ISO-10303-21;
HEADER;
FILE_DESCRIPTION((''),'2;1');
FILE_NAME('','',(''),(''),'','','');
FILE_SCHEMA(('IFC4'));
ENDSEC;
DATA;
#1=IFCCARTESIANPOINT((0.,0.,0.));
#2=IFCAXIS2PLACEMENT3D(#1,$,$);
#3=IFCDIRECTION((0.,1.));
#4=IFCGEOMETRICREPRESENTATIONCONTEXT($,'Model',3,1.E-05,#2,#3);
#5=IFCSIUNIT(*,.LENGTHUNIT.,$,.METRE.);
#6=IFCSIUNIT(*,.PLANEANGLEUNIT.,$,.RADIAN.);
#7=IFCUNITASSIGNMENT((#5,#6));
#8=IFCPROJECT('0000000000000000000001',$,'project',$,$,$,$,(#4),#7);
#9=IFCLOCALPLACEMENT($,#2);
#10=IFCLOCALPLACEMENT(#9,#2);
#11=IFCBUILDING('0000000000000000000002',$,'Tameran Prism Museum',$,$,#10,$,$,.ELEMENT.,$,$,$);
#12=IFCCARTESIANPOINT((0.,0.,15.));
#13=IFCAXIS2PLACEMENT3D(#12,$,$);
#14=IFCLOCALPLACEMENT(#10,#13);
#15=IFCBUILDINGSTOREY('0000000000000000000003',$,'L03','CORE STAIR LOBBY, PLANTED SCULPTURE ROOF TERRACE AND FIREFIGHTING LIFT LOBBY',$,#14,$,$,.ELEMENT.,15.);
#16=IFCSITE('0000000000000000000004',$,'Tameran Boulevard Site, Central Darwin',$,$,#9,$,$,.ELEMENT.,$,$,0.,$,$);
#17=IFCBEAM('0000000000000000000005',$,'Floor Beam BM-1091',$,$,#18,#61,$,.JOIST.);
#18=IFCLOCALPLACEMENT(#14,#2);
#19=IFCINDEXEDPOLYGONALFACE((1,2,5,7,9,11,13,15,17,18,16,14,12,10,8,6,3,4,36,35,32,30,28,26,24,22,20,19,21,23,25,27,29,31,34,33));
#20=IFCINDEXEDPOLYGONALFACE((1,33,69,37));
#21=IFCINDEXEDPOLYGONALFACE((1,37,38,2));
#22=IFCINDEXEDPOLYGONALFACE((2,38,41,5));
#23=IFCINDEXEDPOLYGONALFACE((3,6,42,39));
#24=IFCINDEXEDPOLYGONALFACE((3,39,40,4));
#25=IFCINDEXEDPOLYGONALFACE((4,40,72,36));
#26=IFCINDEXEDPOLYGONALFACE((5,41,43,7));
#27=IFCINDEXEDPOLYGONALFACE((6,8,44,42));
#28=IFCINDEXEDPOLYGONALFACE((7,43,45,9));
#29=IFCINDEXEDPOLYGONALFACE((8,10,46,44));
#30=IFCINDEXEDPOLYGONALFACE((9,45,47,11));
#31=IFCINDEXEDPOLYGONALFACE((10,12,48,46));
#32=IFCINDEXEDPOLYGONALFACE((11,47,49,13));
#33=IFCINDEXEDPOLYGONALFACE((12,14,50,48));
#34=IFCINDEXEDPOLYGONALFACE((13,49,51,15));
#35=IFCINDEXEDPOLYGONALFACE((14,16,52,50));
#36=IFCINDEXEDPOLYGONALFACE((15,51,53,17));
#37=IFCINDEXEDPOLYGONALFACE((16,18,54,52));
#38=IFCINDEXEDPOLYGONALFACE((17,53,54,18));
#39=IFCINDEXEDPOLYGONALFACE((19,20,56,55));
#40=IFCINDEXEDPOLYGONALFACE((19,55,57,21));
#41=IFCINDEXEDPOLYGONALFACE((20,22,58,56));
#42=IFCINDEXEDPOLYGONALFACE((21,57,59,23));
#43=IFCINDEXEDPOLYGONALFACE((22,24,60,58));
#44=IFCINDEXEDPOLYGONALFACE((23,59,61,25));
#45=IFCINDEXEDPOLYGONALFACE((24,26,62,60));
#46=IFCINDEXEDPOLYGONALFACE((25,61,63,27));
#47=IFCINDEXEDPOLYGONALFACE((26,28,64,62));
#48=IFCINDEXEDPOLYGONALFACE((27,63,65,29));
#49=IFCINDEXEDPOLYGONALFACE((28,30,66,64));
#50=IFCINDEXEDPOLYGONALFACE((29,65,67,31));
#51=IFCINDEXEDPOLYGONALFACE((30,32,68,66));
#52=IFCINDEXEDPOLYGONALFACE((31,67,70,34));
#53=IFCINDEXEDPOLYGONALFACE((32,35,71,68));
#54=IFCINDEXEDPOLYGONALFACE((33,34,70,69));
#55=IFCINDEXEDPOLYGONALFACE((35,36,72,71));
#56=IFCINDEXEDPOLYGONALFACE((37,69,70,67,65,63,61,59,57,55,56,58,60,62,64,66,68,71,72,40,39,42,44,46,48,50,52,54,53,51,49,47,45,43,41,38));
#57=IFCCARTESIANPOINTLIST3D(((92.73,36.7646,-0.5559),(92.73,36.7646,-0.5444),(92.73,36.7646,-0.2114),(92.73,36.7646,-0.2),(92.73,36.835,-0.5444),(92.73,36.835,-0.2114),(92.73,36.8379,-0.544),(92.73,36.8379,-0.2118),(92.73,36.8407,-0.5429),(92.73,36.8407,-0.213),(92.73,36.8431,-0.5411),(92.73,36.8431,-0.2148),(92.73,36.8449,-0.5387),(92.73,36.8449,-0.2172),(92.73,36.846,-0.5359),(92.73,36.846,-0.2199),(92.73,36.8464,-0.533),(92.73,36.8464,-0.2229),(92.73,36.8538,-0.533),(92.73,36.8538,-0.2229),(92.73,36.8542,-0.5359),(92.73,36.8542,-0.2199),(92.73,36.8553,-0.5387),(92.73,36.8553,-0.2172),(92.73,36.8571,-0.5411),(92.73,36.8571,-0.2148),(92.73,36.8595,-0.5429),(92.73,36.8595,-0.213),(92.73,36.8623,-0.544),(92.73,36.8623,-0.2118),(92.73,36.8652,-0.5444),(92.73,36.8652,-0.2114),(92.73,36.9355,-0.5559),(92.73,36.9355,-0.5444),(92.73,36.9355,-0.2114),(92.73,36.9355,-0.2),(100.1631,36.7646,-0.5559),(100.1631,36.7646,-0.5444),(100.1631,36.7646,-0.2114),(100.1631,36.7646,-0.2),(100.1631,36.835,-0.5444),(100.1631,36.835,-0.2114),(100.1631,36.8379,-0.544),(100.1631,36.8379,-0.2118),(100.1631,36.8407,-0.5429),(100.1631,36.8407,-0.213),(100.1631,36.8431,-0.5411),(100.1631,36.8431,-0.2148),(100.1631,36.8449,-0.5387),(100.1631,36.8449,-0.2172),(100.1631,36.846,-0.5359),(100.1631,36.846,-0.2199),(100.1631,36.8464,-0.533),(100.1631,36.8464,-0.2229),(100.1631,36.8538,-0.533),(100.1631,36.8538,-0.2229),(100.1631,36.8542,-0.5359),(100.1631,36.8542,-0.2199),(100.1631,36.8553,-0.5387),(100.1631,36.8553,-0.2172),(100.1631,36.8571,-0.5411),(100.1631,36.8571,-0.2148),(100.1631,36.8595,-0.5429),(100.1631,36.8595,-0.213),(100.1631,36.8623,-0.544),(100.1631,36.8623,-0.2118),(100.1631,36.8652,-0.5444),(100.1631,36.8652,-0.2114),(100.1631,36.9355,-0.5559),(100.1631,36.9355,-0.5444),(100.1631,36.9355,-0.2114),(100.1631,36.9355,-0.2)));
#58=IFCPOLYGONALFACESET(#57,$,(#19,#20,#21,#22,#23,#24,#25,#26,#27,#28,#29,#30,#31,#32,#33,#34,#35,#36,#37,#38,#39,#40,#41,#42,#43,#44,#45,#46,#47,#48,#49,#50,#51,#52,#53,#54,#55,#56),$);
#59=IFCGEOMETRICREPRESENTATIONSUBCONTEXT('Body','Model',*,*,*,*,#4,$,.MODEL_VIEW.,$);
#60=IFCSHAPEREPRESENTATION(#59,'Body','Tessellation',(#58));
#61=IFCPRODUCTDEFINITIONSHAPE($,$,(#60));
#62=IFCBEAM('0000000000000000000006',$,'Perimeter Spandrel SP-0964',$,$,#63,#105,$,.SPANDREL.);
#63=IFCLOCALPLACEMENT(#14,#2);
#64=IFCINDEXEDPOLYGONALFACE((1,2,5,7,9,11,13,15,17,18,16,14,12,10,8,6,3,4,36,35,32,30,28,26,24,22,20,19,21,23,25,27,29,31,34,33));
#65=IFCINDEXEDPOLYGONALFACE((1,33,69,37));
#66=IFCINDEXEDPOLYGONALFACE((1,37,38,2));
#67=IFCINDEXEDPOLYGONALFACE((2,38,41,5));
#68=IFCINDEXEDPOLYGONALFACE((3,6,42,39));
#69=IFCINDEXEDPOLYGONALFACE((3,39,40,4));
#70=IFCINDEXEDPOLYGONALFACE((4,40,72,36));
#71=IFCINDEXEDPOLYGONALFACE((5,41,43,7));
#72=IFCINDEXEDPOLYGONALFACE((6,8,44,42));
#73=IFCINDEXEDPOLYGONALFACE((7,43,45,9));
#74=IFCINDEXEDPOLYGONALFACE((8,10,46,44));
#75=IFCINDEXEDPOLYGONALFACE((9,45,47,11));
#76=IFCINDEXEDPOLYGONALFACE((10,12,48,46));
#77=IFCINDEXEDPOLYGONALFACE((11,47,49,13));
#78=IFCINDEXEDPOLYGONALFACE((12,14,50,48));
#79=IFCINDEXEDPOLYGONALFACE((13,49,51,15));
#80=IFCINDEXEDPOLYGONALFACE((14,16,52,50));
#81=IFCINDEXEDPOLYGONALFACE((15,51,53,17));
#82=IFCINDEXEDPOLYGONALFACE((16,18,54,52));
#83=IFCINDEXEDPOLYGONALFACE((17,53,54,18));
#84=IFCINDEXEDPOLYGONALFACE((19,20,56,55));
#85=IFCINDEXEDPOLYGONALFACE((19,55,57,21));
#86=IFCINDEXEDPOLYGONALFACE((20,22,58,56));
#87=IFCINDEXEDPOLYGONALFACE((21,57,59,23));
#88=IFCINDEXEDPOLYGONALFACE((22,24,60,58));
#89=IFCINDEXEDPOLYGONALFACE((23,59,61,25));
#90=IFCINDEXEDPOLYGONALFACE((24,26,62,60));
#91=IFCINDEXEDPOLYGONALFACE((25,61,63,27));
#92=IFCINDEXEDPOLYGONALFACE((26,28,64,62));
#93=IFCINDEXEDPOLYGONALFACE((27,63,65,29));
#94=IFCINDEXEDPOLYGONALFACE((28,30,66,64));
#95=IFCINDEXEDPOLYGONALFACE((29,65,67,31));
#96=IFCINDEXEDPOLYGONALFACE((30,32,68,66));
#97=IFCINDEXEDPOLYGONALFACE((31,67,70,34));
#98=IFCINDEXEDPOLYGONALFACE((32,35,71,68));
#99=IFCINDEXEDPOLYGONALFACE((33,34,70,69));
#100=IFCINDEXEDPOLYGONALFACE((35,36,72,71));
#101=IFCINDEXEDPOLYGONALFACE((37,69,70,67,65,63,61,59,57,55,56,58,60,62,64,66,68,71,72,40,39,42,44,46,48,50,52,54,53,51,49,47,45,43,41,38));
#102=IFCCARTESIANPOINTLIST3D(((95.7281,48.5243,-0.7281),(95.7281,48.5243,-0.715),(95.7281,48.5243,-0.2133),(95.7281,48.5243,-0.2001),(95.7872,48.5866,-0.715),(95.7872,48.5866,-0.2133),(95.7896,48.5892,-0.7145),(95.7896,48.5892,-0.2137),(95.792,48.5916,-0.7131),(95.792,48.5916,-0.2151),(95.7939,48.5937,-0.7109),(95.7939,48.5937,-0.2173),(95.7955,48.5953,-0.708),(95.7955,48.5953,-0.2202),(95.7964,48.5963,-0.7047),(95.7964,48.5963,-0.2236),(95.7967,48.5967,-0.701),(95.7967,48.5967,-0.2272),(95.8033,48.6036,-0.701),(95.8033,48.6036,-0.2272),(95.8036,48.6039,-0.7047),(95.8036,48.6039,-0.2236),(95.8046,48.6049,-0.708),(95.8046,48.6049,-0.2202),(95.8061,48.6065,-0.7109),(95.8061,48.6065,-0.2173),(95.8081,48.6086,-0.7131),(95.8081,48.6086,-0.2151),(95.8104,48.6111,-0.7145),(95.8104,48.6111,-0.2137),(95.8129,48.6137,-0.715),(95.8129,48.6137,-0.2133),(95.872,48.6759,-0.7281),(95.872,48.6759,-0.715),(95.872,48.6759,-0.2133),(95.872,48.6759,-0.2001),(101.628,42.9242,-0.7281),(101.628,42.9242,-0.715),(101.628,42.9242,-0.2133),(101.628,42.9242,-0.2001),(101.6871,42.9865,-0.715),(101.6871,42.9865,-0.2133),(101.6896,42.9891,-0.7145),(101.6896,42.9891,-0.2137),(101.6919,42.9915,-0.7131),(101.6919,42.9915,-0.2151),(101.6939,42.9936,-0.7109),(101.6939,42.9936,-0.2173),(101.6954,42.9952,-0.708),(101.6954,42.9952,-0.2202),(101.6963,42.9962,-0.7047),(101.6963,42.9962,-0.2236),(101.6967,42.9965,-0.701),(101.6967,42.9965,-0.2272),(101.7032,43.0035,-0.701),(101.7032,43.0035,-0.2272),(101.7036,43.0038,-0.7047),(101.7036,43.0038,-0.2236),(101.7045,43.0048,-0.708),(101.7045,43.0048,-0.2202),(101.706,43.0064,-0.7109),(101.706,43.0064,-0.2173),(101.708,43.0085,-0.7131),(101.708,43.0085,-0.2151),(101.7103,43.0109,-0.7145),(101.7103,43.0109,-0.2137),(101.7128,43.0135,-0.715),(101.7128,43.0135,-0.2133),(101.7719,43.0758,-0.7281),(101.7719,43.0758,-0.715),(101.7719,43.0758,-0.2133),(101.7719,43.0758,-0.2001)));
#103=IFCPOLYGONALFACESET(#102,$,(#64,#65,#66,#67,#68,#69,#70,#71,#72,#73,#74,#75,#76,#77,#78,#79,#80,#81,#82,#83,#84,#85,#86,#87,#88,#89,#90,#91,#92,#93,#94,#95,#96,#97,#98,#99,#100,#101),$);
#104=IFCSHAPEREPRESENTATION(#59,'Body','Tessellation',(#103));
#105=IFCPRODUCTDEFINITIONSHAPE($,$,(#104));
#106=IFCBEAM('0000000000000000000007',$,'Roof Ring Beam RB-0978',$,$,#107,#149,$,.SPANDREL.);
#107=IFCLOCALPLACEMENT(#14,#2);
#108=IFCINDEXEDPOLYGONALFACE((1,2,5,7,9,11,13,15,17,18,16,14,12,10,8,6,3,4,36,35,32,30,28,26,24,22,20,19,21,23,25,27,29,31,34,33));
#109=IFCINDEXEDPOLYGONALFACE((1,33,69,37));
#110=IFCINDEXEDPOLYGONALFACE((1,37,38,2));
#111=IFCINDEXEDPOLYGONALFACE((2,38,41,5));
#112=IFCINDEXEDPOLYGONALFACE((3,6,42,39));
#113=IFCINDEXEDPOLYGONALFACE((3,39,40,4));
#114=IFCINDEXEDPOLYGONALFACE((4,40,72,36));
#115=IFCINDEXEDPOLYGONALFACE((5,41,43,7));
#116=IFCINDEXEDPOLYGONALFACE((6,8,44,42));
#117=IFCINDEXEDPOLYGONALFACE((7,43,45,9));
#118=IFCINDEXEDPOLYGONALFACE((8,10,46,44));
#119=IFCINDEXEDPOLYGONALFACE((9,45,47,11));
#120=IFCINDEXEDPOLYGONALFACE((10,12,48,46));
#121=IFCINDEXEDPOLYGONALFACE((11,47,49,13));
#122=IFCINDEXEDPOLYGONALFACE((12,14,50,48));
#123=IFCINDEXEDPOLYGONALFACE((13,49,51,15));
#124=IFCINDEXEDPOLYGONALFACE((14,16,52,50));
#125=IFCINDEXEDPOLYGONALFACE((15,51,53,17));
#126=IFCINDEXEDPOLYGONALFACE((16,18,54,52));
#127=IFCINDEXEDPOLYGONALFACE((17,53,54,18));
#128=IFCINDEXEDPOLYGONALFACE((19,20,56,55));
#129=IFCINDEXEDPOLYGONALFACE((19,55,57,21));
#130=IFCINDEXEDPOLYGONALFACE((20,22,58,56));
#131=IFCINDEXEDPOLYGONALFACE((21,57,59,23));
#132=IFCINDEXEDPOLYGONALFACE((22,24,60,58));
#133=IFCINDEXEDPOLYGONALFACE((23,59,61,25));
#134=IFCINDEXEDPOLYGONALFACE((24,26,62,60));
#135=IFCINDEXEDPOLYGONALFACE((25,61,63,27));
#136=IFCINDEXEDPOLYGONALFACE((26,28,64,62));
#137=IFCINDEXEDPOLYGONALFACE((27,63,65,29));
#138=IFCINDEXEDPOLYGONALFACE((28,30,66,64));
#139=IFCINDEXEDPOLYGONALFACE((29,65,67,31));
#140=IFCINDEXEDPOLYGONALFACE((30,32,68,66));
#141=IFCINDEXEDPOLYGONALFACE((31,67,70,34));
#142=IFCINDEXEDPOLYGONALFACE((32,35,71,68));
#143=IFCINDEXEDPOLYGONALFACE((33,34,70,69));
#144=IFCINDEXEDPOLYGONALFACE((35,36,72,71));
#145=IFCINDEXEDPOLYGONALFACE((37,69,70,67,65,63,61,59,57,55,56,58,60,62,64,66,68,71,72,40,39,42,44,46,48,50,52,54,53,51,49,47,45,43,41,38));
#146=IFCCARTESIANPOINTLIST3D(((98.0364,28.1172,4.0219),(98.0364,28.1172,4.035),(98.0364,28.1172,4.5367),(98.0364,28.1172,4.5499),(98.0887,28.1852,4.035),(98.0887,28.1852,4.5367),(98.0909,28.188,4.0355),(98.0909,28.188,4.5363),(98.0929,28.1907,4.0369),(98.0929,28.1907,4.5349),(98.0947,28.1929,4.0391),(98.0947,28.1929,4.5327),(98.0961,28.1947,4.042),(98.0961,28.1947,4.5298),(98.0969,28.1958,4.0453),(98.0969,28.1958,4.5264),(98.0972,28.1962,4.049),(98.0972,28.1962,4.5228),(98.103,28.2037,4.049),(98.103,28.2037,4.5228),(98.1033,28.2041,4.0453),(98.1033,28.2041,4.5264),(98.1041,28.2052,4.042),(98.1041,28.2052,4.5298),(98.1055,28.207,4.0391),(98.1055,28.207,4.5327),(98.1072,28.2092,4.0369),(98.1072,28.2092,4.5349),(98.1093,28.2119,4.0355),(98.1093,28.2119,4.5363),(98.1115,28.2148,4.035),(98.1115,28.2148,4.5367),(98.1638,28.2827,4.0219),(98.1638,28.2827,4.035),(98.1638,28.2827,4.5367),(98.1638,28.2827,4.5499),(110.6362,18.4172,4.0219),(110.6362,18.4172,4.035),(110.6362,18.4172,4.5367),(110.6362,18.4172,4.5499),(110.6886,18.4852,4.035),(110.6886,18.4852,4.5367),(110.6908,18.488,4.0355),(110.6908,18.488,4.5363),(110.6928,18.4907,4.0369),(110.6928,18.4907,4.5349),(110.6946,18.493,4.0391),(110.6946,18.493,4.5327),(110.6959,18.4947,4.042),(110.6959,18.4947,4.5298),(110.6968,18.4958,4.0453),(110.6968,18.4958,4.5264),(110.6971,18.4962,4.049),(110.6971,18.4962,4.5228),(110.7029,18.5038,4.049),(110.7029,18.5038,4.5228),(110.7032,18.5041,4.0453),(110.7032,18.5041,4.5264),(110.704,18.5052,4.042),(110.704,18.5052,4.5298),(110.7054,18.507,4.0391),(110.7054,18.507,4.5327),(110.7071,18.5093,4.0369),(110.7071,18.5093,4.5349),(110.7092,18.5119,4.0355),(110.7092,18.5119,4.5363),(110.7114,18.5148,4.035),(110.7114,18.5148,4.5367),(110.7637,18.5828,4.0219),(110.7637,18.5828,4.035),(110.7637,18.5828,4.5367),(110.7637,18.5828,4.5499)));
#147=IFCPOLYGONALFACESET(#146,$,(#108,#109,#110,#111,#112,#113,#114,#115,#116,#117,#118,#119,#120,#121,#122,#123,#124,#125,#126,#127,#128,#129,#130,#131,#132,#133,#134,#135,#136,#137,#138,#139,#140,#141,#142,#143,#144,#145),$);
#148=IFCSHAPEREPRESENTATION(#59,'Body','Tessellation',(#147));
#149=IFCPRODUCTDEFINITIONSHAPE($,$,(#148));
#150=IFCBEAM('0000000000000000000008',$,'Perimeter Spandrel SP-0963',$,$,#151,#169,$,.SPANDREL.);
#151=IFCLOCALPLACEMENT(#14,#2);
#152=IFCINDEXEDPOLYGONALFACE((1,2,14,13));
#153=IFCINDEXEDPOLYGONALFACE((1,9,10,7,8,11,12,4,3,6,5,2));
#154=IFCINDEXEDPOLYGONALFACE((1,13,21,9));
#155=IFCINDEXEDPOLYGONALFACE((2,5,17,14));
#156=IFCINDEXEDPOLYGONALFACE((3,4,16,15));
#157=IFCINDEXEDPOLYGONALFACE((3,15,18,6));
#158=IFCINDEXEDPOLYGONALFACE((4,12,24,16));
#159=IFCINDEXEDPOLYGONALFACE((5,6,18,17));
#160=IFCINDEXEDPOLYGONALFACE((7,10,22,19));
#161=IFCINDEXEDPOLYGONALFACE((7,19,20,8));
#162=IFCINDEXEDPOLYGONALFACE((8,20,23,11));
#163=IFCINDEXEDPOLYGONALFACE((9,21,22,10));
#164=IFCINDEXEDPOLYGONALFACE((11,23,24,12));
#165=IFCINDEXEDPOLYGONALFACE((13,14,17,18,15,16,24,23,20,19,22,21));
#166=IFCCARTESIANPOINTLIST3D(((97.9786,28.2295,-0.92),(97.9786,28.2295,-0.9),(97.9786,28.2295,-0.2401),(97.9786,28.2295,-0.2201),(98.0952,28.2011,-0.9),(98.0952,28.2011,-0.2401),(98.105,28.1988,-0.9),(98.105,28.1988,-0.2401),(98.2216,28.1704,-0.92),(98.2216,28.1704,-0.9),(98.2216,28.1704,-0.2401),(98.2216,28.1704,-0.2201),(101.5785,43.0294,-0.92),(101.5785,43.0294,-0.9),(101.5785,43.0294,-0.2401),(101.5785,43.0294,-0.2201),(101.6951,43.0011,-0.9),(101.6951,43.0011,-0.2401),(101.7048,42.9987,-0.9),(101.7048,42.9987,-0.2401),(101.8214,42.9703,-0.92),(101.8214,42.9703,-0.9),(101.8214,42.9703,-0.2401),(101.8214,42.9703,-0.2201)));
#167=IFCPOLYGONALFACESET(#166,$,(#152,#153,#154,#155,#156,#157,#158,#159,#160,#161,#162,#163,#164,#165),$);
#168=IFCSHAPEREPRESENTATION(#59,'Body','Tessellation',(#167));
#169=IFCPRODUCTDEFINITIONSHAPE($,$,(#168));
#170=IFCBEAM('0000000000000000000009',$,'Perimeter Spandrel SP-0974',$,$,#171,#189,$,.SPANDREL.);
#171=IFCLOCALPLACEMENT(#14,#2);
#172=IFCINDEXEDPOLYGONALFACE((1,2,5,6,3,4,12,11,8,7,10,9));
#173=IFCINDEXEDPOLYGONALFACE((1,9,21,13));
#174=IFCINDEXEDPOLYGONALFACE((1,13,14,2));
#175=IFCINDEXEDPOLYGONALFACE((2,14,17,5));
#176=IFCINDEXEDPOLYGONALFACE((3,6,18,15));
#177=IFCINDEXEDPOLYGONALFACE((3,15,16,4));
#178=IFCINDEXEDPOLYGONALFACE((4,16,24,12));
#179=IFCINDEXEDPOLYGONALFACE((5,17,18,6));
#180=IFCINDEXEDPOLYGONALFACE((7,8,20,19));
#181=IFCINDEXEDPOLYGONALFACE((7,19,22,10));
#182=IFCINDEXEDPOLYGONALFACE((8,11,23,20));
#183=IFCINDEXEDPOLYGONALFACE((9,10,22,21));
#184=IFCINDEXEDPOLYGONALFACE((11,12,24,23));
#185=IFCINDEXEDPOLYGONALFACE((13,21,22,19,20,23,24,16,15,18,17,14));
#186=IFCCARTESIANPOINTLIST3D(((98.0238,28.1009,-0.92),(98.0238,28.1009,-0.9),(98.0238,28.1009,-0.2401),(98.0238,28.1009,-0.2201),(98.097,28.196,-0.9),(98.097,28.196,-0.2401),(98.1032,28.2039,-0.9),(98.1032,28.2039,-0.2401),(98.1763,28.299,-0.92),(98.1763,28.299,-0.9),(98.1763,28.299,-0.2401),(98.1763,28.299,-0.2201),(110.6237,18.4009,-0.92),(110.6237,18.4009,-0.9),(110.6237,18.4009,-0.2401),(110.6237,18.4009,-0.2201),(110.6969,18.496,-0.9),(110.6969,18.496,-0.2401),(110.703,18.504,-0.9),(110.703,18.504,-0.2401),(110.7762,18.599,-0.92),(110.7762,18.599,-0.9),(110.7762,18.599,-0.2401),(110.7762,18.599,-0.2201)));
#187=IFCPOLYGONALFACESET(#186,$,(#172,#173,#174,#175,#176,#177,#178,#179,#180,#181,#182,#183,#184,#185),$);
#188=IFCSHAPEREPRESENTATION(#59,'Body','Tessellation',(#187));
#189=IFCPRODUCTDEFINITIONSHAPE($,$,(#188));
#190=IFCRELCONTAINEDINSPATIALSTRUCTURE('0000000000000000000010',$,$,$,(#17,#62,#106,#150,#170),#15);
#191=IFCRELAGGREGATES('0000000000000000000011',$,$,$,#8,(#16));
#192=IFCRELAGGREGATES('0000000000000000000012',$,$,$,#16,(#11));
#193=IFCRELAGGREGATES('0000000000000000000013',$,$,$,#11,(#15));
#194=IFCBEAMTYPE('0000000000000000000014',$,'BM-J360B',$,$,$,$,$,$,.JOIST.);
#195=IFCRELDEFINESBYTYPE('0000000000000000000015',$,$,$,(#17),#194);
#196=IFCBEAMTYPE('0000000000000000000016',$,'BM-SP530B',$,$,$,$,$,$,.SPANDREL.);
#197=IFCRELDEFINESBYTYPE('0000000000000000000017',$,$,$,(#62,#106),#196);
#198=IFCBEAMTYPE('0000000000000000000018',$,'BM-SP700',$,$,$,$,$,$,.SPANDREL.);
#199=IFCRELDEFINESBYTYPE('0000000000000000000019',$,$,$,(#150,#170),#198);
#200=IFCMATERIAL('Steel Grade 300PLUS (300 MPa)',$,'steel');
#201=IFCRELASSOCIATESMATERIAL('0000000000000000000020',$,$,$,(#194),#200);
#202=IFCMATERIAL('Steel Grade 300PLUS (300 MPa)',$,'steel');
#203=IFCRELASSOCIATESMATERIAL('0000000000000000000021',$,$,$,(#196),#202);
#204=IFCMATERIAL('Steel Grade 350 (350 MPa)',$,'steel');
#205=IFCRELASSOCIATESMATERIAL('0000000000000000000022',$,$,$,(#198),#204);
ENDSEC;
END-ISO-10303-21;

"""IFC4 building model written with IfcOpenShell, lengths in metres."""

from ifc_helpers import new_model, si_unit, direction, frame, origin, origin_2d, place, context, subcontext, project, spatial, i_section, extrude, material, material_profile, profile_set, type_object, element, save


model = new_model("IFC4")

# Units and contexts
model_context = context("Model", 3, precision=1e-05, world=origin(), true_north=direction((0.0, 1.0)))
body_context = subcontext(model_context, "Body", "Model", "MODEL_VIEW")
ifc_project = project(units=[si_unit("LENGTHUNIT", "METRE"), si_unit("PLANEANGLEUNIT", "RADIAN")], contexts=[model_context])

# Site, building, storey
site_placement = place(None, origin())
site = spatial("IfcSite", under=ifc_project, at=site_placement, Name="Tameran Boulevard Site, Central Darwin", CompositionType="ELEMENT", RefElevation=0.0)
building_placement = place(site_placement, origin())
building = spatial("IfcBuilding", under=site, at=building_placement, Name="Tameran Prism Museum", CompositionType="ELEMENT")
storey_placement = place(building_placement, frame((0.0, 0.0, 15.0)))
storey = spatial("IfcBuildingStorey", under=building, at=storey_placement, Name="L03", Description="CORE STAIR LOBBY, PLANTED SCULPTURE ROOF TERRACE AND FIREFIGHTING LIFT LOBBY", CompositionType="ELEMENT", Elevation=15.0)

# Beams
ifc_material_1 = material(Name="Steel Grade 300PLUS (300 MPa)", Category="steel")
ifc_material_profile_1 = material_profile(ifc_material_1, i_section(OverallWidth=0.1709, OverallDepth=0.356, WebThickness=0.0073, FlangeThickness=0.0115, FilletRadius=0.0115, at=origin_2d()))
ifc_profile_set_1 = profile_set([ifc_material_profile_1])
beam_type_1 = type_object("IfcBeamType", Name="BM-J360B", PredefinedType="JOIST", material=ifc_profile_set_1)
beam_1_placement = place(storey_placement, frame((92.73, 36.8501, -0.3779), z_axis=(1.0, 0.0, 0.0), x_axis=(0.0, 1.0, 0.0)))
element("IfcBeam", 1, at=beam_1_placement, inside=storey, type_object=beam_type_1, Name="Floor Beam BM-1091", PredefinedType="JOIST", context=body_context, shape_type="SweptSolid", body=[
    extrude(i_section(OverallWidth=0.1709, OverallDepth=0.356, WebThickness=0.0073, FlangeThickness=0.0115, FilletRadius=0.0115, at=origin_2d()), origin(), (0.0, 0.0, 1.0), 7.4331),
])
ifc_material_2 = material(Name="Steel Grade 300PLUS (300 MPa)", Category="steel")
ifc_material_profile_2 = material_profile(ifc_material_2, i_section(OverallWidth=0.209, OverallDepth=0.5281, WebThickness=0.0095, FlangeThickness=0.0132, FilletRadius=0.0139, at=origin_2d()))
ifc_profile_set_2 = profile_set([ifc_material_profile_2])
beam_type_2 = type_object("IfcBeamType", Name="BM-SP530B", PredefinedType="SPANDREL", material=ifc_profile_set_2)
beam_2_placement = place(storey_placement, frame((101.7, 43.0, -0.4641), z_axis=(-0.725295, 0.688439, 0.0), x_axis=(-0.688439, -0.725295, 0.0)))
element("IfcBeam", 2, at=beam_2_placement, inside=storey, type_object=beam_type_2, Name="Perimeter Spandrel SP-0964", PredefinedType="SPANDREL", context=body_context, shape_type="SweptSolid", body=[
    extrude(i_section(OverallWidth=0.209, OverallDepth=0.5281, WebThickness=0.0095, FlangeThickness=0.0132, FilletRadius=0.0139, at=origin_2d()), origin(), (0.0, 0.0, 1.0), 8.1345),
])
beam_3_placement = place(storey_placement, frame((98.1001, 28.2, 4.2859), z_axis=(0.792388, -0.610017, 0.0), x_axis=(0.610017, 0.792388, 0.0)))
element("IfcBeam", 3, at=beam_3_placement, inside=storey, type_object=beam_type_2, Name="Roof Ring Beam RB-0978", PredefinedType="SPANDREL", context=body_context, shape_type="SweptSolid", body=[
    extrude(i_section(OverallWidth=0.209, OverallDepth=0.5281, WebThickness=0.0095, FlangeThickness=0.0132, FilletRadius=0.0139, at=origin_2d()), origin(), (0.0, 0.0, 1.0), 15.9011),
])
ifc_material_3 = material(Name="Steel Grade 350 (350 MPa)", Category="steel")
ifc_material_profile_3 = material_profile(ifc_material_3, i_section(OverallWidth=0.25, OverallDepth=0.7, WebThickness=0.01, FlangeThickness=0.02, at=origin_2d()))
ifc_profile_set_3 = profile_set([ifc_material_profile_3])
beam_type_3 = type_object("IfcBeamType", Name="BM-SP700", PredefinedType="SPANDREL", material=ifc_profile_set_3)
beam_4_placement = place(storey_placement, frame((98.1001, 28.2, -0.5701), z_axis=(0.236342, 0.97167, 0.0), x_axis=(-0.97167, 0.236342, 0.0)))
element("IfcBeam", 4, at=beam_4_placement, inside=storey, type_object=beam_type_3, Name="Perimeter Spandrel SP-0963", PredefinedType="SPANDREL", context=body_context, shape_type="SweptSolid", body=[
    extrude(i_section(OverallWidth=0.25, OverallDepth=0.7, WebThickness=0.01, FlangeThickness=0.02, at=origin_2d()), origin(), (0.0, 0.0, 1.0), 15.2314),
])
beam_5_placement = place(storey_placement, frame((98.1001, 28.2, -0.5701), z_axis=(0.792388, -0.610017, 0.0), x_axis=(0.610017, 0.792388, 0.0)))
element("IfcBeam", 5, at=beam_5_placement, inside=storey, type_object=beam_type_3, Name="Perimeter Spandrel SP-0974", PredefinedType="SPANDREL", context=body_context, shape_type="SweptSolid", body=[
    extrude(i_section(OverallWidth=0.25, OverallDepth=0.7, WebThickness=0.01, FlangeThickness=0.02, at=origin_2d()), origin(), (0.0, 0.0, 1.0), 15.9011),
])

save(model, "model.ifc")
